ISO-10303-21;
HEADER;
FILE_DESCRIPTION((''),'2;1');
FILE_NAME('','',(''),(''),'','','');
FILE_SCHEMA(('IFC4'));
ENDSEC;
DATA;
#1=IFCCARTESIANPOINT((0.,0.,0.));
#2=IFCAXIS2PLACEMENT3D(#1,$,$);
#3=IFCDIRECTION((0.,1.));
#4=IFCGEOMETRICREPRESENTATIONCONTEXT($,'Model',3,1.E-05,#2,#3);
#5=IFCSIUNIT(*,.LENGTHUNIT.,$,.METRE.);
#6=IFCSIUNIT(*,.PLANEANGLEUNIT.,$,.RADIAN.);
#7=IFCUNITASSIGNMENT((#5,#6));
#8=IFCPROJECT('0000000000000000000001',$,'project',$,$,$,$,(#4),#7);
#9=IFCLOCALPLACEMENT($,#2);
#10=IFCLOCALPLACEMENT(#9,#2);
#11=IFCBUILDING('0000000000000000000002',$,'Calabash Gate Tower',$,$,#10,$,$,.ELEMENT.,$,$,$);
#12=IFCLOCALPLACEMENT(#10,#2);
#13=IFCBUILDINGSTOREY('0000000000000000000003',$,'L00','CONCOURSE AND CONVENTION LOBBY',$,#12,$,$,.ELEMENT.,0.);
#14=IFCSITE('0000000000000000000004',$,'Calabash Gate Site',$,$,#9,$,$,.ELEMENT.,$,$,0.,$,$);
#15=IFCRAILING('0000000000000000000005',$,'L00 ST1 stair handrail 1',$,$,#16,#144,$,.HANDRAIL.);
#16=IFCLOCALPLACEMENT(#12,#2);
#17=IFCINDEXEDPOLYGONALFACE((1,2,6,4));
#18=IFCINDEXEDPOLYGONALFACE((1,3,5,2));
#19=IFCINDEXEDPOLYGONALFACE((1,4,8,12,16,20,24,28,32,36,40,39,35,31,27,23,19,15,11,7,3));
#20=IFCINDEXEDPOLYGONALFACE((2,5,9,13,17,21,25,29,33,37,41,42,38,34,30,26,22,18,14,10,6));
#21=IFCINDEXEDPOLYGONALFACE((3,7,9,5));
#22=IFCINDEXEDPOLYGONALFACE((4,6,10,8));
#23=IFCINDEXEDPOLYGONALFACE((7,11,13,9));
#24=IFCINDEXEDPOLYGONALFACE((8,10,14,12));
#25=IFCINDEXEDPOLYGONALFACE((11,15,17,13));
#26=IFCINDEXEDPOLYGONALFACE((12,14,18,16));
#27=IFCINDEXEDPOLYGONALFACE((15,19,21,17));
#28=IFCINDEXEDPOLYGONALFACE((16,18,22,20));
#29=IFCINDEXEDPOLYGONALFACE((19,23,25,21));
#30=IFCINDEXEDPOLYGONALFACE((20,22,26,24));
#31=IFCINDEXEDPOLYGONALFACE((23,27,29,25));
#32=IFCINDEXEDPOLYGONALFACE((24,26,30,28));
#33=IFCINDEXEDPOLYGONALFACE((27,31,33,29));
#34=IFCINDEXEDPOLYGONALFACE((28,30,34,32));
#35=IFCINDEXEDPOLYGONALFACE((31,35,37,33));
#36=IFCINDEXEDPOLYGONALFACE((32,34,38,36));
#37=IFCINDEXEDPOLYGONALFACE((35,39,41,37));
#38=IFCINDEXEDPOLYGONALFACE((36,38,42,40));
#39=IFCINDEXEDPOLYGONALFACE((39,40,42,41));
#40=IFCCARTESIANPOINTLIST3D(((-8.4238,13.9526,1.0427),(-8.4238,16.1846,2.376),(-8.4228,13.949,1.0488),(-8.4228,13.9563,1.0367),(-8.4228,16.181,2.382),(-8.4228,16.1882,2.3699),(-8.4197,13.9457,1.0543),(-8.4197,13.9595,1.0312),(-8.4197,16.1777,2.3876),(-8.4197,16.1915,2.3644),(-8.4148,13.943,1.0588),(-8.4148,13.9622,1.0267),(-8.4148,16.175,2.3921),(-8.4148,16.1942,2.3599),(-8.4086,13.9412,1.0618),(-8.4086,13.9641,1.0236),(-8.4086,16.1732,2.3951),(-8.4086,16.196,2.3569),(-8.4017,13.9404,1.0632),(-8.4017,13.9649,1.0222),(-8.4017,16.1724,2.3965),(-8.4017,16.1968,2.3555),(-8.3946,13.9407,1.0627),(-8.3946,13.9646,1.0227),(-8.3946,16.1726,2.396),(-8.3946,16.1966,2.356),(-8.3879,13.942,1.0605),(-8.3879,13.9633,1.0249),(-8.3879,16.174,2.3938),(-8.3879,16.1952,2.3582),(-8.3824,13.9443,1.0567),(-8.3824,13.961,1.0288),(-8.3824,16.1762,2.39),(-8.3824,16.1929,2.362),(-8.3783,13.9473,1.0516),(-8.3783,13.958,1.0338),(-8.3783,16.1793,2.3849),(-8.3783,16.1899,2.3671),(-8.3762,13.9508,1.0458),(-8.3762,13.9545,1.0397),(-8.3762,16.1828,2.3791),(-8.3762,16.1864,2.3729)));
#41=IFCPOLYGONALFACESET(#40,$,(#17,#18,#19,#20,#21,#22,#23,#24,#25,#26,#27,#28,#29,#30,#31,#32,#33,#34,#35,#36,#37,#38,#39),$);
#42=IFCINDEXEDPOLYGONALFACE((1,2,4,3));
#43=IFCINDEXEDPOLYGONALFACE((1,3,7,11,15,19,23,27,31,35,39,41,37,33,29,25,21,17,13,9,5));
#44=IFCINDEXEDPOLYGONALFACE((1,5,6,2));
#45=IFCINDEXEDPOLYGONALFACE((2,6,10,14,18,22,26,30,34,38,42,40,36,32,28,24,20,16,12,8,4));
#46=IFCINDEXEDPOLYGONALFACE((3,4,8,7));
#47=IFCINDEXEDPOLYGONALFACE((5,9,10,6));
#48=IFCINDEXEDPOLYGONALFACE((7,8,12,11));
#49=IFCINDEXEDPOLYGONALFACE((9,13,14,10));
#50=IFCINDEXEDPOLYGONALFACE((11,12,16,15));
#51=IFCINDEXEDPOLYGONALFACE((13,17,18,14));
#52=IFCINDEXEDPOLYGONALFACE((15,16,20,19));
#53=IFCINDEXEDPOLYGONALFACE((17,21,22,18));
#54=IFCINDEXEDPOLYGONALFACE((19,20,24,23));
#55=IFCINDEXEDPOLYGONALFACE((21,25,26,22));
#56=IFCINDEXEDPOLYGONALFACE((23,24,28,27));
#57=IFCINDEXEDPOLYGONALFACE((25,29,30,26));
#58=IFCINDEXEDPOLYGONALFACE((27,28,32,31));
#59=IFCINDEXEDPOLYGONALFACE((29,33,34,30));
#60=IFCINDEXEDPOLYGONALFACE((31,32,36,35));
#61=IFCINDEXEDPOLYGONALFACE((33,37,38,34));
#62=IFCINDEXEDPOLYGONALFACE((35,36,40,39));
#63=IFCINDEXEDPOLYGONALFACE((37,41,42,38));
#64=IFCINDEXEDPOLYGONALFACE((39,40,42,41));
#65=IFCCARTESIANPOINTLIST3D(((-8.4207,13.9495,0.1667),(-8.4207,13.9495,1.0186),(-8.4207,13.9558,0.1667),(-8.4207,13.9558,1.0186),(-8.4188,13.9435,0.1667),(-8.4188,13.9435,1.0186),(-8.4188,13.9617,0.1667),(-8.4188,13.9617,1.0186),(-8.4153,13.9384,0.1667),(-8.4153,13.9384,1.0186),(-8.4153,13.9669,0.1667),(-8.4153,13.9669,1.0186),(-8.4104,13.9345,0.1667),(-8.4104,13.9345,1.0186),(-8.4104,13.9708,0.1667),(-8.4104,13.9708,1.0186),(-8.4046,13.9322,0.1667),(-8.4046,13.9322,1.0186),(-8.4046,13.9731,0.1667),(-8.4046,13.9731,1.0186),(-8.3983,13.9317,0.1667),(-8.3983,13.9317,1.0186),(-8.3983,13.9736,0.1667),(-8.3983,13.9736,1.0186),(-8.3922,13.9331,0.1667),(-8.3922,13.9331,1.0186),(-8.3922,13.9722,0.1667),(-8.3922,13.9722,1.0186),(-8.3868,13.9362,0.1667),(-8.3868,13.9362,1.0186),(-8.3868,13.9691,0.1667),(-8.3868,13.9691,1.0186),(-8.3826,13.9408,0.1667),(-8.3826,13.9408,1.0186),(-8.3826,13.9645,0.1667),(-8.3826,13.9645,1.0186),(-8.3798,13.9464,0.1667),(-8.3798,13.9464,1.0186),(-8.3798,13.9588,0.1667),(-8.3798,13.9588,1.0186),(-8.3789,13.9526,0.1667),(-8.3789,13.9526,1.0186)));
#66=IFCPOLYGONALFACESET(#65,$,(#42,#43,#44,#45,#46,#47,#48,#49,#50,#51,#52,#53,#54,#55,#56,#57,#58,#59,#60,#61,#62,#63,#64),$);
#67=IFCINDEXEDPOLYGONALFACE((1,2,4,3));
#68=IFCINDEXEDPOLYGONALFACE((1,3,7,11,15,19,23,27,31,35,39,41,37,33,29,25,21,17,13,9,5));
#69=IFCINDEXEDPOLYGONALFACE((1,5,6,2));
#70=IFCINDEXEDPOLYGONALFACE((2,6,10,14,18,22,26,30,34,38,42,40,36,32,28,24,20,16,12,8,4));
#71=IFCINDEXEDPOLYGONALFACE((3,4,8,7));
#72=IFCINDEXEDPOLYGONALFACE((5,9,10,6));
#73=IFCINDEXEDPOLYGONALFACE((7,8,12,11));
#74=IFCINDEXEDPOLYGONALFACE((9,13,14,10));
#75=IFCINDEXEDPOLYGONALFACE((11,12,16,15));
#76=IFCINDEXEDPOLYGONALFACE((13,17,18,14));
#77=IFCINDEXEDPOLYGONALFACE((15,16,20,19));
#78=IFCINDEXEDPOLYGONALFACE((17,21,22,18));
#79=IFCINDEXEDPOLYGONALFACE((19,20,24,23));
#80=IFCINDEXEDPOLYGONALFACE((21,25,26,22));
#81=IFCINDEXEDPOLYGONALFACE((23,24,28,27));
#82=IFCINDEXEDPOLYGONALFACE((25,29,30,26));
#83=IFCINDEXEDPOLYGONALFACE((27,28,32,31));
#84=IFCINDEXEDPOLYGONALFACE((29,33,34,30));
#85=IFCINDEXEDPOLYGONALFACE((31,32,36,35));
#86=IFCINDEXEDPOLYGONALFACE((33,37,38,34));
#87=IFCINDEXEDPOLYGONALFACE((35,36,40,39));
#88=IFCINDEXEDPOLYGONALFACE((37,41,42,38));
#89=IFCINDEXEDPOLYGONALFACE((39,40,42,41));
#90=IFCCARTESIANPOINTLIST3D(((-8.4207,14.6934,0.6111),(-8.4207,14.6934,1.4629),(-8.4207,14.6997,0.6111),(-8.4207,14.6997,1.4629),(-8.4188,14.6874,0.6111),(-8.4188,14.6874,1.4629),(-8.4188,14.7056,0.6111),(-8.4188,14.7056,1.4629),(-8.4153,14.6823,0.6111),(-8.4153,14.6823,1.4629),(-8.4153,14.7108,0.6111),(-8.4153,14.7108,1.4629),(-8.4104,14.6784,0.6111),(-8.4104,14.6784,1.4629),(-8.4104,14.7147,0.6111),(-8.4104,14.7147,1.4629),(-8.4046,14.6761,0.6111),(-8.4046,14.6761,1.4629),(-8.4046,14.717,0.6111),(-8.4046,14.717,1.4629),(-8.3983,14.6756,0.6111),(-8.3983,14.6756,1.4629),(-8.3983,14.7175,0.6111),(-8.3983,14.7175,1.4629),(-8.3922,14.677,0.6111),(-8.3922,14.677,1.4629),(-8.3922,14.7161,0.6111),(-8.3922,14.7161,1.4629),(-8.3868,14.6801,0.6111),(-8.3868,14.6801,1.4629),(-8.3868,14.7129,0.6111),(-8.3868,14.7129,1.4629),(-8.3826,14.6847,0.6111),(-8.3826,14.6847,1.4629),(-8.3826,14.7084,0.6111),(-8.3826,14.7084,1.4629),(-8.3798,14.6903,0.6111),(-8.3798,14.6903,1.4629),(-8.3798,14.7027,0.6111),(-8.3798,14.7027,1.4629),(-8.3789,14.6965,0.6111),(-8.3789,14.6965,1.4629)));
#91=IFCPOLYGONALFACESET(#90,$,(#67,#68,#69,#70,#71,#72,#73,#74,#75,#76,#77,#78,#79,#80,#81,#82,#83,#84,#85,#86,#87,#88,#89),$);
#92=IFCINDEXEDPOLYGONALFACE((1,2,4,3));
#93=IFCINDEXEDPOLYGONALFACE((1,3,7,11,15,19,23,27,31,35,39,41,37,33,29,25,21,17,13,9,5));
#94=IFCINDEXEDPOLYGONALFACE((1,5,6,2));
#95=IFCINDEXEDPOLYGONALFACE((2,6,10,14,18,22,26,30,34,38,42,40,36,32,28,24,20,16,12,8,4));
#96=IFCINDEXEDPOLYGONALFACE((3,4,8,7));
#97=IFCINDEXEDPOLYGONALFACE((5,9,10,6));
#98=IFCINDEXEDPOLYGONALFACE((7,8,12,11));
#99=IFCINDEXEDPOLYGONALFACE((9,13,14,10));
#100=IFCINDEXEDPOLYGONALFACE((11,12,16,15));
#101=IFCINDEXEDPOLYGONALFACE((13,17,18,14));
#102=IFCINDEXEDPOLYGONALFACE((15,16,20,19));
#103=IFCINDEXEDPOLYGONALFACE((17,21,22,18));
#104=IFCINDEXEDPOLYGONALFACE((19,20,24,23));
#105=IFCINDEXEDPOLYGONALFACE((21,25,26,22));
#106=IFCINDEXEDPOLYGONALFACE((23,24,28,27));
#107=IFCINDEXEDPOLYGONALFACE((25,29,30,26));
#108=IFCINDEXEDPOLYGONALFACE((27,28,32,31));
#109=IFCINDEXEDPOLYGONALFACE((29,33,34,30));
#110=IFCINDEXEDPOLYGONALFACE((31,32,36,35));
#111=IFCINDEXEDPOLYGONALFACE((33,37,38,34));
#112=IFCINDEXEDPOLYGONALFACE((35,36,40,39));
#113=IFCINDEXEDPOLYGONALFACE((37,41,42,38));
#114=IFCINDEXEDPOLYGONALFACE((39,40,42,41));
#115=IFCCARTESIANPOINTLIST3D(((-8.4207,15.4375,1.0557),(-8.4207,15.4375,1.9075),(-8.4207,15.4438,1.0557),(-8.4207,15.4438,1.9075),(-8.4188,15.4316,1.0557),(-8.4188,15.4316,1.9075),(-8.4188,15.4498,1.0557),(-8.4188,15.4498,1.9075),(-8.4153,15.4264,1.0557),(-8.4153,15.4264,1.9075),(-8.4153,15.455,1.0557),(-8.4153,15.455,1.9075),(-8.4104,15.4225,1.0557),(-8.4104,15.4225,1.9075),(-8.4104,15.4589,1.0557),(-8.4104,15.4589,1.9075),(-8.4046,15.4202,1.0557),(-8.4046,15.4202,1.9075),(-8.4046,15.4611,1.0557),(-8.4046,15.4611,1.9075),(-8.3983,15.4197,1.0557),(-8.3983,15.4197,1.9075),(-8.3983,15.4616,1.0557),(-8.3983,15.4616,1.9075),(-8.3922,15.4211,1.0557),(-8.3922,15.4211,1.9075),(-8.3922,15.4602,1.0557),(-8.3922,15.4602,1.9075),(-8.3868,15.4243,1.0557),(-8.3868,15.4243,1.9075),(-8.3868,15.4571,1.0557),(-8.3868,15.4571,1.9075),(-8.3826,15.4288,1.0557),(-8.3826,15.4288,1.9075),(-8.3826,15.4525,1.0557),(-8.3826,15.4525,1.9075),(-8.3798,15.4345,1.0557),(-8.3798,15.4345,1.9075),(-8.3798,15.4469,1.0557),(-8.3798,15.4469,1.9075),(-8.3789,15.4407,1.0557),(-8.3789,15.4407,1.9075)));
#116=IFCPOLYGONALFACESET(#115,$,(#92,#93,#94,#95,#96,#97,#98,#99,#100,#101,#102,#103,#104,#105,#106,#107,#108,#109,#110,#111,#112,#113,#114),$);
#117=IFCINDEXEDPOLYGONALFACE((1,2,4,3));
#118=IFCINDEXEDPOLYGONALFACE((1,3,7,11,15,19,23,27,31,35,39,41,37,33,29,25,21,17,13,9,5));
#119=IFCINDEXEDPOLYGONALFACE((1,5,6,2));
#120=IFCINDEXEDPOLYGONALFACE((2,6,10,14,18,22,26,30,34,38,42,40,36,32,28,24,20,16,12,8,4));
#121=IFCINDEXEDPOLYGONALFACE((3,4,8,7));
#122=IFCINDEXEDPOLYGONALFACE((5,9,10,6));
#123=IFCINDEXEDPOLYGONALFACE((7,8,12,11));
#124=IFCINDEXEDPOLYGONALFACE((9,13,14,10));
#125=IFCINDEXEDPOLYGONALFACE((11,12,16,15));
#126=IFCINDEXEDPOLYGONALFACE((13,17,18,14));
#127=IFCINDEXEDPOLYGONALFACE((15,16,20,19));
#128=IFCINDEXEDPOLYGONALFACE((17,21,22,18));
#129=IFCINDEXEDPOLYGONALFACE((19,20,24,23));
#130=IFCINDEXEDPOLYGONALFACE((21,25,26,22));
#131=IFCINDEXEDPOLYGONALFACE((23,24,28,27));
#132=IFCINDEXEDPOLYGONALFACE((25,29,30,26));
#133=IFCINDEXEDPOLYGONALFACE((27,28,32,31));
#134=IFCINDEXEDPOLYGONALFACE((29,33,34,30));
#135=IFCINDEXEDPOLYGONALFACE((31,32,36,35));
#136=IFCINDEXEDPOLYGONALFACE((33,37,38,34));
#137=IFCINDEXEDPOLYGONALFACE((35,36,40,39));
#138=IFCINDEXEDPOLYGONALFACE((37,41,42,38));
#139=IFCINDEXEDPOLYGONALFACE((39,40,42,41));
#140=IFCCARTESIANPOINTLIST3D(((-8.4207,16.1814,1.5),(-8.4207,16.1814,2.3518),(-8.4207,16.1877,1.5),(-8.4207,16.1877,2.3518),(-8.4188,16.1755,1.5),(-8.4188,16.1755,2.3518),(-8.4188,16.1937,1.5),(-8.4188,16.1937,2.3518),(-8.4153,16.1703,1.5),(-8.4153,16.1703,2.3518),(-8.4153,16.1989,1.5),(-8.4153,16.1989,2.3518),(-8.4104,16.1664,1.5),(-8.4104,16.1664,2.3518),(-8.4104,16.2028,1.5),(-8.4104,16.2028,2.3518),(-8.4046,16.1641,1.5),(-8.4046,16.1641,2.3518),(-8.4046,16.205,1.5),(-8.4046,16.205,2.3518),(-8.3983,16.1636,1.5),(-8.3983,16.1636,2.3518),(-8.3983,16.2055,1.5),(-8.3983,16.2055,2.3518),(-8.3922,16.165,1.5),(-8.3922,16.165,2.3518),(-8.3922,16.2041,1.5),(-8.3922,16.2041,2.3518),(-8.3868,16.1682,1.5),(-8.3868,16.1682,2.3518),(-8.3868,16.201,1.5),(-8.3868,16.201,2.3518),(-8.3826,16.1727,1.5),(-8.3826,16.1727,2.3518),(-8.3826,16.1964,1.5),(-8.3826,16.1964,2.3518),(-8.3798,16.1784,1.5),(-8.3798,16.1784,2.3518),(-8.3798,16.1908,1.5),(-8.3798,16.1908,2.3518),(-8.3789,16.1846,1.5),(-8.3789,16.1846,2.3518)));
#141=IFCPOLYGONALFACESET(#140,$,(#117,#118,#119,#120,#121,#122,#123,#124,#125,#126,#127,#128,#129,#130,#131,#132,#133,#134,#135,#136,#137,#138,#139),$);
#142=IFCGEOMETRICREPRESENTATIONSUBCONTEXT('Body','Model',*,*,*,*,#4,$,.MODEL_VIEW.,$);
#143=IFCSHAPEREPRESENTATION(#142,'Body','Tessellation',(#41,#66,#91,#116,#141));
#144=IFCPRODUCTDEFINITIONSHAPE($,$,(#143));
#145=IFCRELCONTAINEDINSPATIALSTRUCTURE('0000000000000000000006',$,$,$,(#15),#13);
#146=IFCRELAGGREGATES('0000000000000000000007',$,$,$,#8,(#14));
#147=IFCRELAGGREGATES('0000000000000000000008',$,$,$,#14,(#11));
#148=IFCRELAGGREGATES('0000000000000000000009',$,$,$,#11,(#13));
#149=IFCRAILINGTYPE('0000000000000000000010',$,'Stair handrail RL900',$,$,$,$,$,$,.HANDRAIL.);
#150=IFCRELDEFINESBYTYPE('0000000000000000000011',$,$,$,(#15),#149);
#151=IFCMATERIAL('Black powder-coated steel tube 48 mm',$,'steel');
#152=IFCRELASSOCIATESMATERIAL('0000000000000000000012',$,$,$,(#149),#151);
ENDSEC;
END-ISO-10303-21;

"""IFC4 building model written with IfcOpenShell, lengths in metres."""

from ifc_helpers import new_model, si_unit, direction, frame, origin, origin_2d, place, context, subcontext, project, spatial, circle, extrude, material, type_object, element, save


model = new_model("IFC4")

# Units and contexts
model_context = context("Model", 3, precision=1e-05, world=origin(), true_north=direction((0.0, 1.0)))
body_context = subcontext(model_context, "Body", "Model", "MODEL_VIEW")
ifc_project = project(units=[si_unit("LENGTHUNIT", "METRE"), si_unit("PLANEANGLEUNIT", "RADIAN")], contexts=[model_context])

# Site, building, storey
site_placement = place(None, origin())
site = spatial("IfcSite", under=ifc_project, at=site_placement, Name="Calabash Gate Site", CompositionType="ELEMENT", RefElevation=0.0)
building_placement = place(site_placement, origin())
building = spatial("IfcBuilding", under=site, at=building_placement, Name="Calabash Gate Tower", CompositionType="ELEMENT")
storey_placement = place(building_placement, origin())
storey = spatial("IfcBuildingStorey", under=building, at=storey_placement, Name="L00", Description="CONCOURSE AND CONVENTION LOBBY", CompositionType="ELEMENT", Elevation=0.0)

# Railing
ifc_material_1 = material(Name="Black powder-coated steel tube 48 mm", Category="steel")
railing_type_1 = type_object("IfcRailingType", Name="Stair handrail RL900", PredefinedType="HANDRAIL", material=ifc_material_1)
for number, where, name in (
    (1, (-8.3999, 13.9526, 0.1667), "L00 ST1 stair handrail 1"),
):
    element("IfcRailing", number, at=place(storey_placement, frame(where)), inside=storey, type_object=railing_type_1, Name=name, PredefinedType="HANDRAIL", context=body_context, shape_type="SweptSolid", body=[
        extrude(circle(Radius=0.0239, at=origin_2d()), frame((0.0, 0.0, 0.876), z_axis=(0.0, 0.858494, 0.512824), x_axis=(-1.0, 0.0, 0.0)), (0.0, 0.0, 1.0), 2.5999),
        extrude(circle(Radius=0.021, at=origin_2d()), origin(), (0.0, 0.0, 1.0), 0.8518),
        extrude(circle(Radius=0.021, at=origin_2d()), frame((0.0, 0.7439, 0.4443)), (0.0, 0.0, 1.0), 0.8518),
        extrude(circle(Radius=0.021, at=origin_2d()), frame((0.0, 1.488, 0.8889)), (0.0, 0.0, 1.0), 0.8518),
        extrude(circle(Radius=0.021, at=origin_2d()), frame((0.0, 2.2319, 1.3333)), (0.0, 0.0, 1.0), 0.8518),
    ])

save(model, "model.ifc")
